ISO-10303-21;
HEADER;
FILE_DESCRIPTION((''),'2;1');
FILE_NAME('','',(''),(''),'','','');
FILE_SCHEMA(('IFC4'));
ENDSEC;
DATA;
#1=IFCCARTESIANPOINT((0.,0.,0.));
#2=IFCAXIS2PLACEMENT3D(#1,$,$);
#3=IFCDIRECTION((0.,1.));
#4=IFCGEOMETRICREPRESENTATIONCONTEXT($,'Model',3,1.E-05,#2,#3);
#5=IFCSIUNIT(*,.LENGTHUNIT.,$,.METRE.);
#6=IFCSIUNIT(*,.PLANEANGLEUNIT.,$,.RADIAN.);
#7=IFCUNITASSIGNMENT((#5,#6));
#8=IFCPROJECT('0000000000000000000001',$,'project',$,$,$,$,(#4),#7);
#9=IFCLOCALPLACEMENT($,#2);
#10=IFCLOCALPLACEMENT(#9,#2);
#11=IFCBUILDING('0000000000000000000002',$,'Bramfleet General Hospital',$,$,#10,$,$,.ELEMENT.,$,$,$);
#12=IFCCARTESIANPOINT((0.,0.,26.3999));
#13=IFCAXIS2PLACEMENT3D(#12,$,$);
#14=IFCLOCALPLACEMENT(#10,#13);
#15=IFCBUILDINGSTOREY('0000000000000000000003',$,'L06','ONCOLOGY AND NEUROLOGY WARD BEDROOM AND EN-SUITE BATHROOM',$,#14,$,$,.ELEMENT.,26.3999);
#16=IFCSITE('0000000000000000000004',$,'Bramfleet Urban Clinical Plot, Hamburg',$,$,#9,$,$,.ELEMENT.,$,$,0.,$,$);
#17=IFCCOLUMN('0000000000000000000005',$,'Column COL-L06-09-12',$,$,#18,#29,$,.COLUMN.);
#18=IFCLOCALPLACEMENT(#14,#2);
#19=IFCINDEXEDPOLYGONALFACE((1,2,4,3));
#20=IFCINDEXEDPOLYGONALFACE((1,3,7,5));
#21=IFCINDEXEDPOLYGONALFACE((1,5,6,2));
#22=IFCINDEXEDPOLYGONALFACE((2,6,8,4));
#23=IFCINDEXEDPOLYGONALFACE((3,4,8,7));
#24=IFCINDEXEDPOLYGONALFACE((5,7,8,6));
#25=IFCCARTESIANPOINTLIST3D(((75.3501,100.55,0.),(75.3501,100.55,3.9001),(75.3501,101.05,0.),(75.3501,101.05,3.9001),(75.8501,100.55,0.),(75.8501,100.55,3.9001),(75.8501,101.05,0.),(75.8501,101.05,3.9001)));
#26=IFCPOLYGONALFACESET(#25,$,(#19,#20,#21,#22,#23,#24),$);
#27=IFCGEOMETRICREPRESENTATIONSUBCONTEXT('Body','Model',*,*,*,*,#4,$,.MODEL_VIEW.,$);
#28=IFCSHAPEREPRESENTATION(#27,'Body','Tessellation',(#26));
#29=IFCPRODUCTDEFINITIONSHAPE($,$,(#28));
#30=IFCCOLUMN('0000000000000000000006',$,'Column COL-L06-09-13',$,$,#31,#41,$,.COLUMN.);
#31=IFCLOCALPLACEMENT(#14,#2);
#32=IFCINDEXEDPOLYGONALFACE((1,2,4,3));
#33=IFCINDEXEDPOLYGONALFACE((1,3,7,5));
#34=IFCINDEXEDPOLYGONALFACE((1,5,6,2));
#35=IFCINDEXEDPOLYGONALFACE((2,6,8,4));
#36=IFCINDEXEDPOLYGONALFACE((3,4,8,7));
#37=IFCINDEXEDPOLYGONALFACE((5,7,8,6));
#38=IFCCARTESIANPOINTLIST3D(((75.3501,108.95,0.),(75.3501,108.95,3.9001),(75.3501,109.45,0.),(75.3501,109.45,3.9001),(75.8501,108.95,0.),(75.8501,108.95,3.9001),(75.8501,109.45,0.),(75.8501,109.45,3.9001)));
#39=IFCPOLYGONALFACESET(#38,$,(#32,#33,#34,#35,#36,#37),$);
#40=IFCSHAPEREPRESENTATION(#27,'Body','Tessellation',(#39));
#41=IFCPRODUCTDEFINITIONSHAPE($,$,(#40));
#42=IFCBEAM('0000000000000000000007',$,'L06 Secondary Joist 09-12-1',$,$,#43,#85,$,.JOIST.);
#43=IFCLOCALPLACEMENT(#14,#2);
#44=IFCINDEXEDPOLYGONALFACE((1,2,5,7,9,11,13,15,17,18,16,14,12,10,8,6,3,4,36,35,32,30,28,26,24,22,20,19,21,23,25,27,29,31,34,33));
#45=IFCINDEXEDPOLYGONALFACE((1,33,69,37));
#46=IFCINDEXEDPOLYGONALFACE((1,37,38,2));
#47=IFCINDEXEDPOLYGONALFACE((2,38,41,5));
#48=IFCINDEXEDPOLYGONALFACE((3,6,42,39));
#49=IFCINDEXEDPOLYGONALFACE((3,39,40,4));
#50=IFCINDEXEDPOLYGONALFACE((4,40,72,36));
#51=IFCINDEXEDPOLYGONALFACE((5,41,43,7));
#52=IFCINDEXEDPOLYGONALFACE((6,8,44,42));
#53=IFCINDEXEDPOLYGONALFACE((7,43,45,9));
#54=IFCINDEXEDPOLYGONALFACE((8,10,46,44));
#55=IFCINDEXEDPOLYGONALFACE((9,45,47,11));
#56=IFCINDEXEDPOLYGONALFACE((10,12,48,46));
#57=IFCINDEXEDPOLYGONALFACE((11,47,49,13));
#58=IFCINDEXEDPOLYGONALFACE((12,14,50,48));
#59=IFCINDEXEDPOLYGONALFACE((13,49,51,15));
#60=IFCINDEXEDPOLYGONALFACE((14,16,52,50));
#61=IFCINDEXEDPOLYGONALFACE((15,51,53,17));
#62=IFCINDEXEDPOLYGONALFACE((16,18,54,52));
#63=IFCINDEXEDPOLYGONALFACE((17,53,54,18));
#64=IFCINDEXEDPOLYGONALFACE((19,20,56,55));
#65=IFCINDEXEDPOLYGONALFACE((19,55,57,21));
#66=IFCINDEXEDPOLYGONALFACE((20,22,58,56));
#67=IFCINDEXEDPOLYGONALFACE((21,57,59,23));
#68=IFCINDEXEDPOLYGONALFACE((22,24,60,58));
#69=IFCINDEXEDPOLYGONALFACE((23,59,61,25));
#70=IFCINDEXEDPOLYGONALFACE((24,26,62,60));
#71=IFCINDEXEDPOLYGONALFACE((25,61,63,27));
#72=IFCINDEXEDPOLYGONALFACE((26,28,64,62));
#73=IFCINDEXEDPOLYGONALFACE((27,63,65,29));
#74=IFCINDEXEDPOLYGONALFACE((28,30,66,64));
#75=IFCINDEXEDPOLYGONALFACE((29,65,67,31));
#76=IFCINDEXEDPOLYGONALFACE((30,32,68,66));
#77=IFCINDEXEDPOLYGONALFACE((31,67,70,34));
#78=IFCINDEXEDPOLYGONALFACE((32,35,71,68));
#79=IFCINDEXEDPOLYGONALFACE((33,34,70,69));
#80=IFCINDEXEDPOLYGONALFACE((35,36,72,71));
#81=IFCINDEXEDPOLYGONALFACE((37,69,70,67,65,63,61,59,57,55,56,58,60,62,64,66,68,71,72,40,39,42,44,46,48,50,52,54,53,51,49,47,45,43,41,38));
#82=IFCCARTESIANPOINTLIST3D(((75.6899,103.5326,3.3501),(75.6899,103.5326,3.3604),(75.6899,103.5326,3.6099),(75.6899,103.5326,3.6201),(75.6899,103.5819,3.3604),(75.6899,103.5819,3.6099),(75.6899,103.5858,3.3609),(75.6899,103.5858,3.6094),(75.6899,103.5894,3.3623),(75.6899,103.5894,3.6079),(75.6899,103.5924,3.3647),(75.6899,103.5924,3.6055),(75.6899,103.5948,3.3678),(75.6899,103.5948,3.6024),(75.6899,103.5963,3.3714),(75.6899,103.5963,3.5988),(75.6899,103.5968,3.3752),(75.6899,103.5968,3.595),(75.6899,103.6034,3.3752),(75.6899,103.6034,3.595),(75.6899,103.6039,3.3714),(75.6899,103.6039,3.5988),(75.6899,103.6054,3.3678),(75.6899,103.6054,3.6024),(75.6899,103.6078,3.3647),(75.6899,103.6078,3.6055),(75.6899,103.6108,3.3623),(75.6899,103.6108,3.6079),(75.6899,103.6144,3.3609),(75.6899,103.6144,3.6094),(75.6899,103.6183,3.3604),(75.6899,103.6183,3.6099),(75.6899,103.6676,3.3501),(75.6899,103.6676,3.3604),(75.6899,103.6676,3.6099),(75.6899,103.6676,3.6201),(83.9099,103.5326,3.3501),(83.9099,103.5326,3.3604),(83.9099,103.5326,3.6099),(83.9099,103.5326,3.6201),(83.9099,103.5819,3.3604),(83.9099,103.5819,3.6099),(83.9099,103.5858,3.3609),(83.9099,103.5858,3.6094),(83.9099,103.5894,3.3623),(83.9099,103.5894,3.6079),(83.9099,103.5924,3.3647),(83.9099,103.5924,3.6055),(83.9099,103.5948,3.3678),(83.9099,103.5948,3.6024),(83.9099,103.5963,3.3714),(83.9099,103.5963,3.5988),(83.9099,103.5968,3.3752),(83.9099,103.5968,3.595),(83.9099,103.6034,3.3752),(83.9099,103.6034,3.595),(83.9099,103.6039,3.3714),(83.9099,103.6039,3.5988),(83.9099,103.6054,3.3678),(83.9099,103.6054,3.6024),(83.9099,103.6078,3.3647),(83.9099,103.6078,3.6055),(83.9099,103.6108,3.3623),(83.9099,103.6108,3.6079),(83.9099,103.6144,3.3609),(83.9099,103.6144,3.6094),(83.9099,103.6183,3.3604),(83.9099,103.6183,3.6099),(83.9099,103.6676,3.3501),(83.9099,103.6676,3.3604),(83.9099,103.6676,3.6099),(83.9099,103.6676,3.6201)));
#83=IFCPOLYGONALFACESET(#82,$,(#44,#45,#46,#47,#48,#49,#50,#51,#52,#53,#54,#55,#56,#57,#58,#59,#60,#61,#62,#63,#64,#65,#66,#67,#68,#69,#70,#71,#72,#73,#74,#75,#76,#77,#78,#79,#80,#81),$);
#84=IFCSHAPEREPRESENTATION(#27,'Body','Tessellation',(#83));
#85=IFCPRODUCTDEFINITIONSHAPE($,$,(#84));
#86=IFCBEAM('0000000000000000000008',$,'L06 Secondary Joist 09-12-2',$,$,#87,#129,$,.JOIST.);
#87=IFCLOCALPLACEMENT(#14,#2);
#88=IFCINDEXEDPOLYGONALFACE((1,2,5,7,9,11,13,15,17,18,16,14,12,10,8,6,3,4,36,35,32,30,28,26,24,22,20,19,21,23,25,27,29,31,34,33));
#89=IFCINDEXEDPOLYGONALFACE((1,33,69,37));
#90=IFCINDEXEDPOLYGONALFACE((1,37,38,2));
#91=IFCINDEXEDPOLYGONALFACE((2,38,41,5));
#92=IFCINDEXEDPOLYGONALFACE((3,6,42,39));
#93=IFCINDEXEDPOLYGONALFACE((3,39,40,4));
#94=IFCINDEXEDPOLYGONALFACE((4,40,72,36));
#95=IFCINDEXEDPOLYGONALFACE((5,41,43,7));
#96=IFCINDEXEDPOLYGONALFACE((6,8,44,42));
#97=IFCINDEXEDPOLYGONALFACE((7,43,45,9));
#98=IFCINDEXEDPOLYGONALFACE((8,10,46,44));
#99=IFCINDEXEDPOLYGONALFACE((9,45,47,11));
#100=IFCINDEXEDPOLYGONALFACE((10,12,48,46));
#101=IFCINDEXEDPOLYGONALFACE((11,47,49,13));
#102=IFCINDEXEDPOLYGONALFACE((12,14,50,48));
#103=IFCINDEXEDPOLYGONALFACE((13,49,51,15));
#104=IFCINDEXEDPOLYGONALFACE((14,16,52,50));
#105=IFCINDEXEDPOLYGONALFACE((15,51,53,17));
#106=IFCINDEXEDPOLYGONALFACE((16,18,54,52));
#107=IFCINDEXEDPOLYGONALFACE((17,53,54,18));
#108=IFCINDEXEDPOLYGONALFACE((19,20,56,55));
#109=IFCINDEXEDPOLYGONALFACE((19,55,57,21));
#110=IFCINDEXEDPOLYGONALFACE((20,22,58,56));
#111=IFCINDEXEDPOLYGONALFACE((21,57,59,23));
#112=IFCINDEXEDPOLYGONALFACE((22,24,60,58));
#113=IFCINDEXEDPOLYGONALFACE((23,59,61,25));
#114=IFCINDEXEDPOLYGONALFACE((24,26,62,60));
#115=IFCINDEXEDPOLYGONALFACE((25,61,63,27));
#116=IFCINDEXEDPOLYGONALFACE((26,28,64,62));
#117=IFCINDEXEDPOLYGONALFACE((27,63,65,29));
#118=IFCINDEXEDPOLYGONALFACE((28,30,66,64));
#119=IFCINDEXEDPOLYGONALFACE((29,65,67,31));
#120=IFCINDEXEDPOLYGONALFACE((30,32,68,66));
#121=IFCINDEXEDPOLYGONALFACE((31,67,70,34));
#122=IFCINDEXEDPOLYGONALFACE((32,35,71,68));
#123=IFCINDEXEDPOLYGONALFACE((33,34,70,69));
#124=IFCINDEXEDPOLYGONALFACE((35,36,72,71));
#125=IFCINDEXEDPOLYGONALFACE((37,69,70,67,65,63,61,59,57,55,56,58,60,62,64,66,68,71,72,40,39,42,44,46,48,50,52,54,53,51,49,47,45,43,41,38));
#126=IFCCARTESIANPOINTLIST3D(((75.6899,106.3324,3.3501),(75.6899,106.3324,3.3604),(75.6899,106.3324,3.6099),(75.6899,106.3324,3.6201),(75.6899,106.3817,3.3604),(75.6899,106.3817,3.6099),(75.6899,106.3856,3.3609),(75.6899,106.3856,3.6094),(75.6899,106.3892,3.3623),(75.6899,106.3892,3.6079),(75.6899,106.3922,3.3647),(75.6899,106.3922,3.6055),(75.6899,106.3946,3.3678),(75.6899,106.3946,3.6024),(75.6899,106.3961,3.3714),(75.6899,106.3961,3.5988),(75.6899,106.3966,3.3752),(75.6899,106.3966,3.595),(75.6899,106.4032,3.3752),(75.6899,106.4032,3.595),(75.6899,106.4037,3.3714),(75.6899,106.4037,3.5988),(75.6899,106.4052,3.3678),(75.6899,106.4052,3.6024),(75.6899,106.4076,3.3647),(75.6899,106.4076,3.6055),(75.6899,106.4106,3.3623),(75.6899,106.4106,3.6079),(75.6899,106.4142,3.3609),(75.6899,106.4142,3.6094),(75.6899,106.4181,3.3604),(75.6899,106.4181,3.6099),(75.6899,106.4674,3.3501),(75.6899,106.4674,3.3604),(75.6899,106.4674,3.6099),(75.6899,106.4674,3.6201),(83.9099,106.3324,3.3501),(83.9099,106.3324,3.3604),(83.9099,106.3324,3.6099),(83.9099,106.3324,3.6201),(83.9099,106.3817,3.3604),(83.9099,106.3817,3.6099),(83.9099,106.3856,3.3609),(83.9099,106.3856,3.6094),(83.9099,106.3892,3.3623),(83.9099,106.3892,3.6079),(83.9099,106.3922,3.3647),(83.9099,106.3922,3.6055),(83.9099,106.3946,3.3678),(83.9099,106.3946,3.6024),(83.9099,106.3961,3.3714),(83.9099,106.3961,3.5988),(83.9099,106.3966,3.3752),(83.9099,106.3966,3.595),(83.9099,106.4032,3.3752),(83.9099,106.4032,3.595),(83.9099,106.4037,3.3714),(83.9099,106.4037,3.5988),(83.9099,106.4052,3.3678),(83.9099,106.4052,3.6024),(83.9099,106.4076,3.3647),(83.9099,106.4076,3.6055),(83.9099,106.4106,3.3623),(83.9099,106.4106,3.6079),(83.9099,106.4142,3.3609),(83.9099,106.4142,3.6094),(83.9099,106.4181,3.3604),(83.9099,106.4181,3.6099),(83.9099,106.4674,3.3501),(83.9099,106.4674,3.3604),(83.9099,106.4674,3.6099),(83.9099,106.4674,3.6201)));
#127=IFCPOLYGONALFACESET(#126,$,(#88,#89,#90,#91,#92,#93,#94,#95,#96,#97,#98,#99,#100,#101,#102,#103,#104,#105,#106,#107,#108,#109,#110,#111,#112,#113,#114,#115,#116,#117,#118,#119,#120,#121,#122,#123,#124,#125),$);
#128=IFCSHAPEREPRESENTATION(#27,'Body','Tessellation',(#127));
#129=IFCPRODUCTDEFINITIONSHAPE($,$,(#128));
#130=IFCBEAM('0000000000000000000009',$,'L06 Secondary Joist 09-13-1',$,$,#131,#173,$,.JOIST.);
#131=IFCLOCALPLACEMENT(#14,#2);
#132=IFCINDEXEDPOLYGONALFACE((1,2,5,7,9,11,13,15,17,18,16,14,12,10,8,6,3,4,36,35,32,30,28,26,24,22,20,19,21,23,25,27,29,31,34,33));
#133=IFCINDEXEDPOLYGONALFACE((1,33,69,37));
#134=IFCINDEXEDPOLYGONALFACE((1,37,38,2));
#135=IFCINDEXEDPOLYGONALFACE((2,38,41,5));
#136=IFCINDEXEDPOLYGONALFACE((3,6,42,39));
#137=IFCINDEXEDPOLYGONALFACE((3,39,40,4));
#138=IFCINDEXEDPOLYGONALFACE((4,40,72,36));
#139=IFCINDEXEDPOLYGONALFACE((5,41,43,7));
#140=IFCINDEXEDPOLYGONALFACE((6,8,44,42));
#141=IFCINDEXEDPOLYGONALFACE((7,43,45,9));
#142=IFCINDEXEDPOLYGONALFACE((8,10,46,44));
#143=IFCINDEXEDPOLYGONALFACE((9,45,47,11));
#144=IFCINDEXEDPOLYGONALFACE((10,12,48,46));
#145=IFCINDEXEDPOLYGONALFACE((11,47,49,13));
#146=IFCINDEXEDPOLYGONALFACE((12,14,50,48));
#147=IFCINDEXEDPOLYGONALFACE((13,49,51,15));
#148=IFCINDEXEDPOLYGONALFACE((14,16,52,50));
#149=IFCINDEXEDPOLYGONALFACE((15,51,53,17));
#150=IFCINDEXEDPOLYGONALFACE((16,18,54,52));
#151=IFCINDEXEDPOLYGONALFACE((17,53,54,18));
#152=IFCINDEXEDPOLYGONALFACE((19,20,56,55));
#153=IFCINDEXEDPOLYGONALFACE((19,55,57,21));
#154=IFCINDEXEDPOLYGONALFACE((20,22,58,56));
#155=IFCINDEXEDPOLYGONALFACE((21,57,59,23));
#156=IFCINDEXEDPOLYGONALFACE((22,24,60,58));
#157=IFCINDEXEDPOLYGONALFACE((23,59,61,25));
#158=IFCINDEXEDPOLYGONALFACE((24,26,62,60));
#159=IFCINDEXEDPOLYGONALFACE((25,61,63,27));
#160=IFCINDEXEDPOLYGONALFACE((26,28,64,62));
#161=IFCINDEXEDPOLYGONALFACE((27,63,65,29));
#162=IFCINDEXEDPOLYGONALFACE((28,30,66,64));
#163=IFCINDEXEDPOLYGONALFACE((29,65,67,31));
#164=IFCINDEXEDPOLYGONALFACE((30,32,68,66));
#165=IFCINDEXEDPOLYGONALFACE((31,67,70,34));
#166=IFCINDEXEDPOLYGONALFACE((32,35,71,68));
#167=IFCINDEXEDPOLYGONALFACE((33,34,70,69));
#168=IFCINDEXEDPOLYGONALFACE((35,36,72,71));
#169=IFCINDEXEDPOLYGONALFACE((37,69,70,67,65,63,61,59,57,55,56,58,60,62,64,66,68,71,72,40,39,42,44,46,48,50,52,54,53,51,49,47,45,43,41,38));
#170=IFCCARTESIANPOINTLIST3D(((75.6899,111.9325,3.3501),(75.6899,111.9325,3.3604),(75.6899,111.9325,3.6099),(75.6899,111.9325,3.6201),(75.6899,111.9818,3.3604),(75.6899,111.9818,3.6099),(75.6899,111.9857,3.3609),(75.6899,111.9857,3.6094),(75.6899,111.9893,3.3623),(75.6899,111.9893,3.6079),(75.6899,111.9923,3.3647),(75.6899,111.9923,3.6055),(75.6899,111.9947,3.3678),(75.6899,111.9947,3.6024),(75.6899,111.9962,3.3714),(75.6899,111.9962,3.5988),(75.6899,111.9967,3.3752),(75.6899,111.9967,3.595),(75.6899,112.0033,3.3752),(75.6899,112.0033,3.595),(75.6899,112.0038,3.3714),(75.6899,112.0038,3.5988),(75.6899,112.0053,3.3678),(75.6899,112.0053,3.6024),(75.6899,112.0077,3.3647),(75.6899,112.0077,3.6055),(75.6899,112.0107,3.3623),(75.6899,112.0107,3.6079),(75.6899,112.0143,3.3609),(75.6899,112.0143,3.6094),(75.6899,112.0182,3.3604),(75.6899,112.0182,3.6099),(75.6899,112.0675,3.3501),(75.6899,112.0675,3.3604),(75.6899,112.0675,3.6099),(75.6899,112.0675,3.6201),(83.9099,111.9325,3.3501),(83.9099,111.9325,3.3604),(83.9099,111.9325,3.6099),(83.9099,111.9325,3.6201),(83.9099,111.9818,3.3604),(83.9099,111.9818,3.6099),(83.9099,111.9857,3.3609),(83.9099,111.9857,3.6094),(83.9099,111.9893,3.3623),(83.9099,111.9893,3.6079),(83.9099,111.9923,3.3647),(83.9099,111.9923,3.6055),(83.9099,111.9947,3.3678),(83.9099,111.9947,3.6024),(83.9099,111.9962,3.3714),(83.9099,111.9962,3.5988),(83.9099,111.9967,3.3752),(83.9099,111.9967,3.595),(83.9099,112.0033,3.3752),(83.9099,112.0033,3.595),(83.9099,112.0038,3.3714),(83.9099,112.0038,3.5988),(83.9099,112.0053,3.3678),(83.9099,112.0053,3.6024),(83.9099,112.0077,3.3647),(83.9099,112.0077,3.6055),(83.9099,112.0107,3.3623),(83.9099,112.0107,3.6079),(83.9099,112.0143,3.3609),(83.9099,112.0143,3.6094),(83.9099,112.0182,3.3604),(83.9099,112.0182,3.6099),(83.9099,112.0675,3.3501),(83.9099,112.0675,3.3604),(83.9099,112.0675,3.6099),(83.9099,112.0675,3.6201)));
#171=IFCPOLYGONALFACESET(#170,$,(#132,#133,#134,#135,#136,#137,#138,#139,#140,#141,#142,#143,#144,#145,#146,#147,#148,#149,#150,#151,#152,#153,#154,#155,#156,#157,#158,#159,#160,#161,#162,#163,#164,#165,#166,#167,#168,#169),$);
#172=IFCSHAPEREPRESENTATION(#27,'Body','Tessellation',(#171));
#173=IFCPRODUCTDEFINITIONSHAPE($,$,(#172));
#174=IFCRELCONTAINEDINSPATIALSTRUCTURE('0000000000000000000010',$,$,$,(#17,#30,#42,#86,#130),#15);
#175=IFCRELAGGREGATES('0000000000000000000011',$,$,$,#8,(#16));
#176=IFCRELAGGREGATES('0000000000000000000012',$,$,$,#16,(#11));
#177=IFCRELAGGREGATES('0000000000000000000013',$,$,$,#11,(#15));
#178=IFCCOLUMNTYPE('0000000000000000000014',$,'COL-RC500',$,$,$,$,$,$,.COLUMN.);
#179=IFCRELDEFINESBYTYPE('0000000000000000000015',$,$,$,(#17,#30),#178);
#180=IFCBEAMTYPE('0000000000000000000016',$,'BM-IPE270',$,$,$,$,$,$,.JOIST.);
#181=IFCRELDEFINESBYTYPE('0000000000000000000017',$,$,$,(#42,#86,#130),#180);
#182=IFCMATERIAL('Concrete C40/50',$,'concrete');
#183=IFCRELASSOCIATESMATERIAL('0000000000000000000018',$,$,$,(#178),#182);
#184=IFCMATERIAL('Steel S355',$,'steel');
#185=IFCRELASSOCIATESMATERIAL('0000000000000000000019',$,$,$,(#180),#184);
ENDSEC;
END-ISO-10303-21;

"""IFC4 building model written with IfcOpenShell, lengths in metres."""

from ifc_helpers import new_model, si_unit, direction, frame, origin, origin_2d, place, context, subcontext, project, spatial, rectangle, i_section, extrude, material, material_profile, profile_set, type_object, element, save


model = new_model("IFC4")

# Units and contexts
model_context = context("Model", 3, precision=1e-05, world=origin(), true_north=direction((0.0, 1.0)))
body_context = subcontext(model_context, "Body", "Model", "MODEL_VIEW")
ifc_project = project(units=[si_unit("LENGTHUNIT", "METRE"), si_unit("PLANEANGLEUNIT", "RADIAN")], contexts=[model_context])

# Site, building, storey
site_placement = place(None, origin())
site = spatial("IfcSite", under=ifc_project, at=site_placement, Name="Bramfleet Urban Clinical Plot, Hamburg", CompositionType="ELEMENT", RefElevation=0.0)
building_placement = place(site_placement, origin())
building = spatial("IfcBuilding", under=site, at=building_placement, Name="Bramfleet General Hospital", CompositionType="ELEMENT")
storey_placement = place(building_placement, frame((0.0, 0.0, 26.3999)))
storey = spatial("IfcBuildingStorey", under=building, at=storey_placement, Name="L06", Description="ONCOLOGY AND NEUROLOGY WARD BEDROOM AND EN-SUITE BATHROOM", CompositionType="ELEMENT", Elevation=26.3999)

# Columns
ifc_material_1 = material(Name="Concrete C40/50", Category="concrete")
ifc_material_profile_1 = material_profile(ifc_material_1, rectangle(XDim=0.5, YDim=0.5, at=origin_2d()), Name="RC COL 500x500")
ifc_profile_set_1 = profile_set([ifc_material_profile_1], Name="Concrete C40/50")
column_type = type_object("IfcColumnType", Name="COL-RC500", PredefinedType="COLUMN", material=ifc_profile_set_1)
for number, where, z_axis, x_axis, name in (
    (1, (75.6001, 100.8, 0.0), (0.0, 0.0, 1.0), (1.0, 0.0, 0.0), "Column COL-L06-09-12"),
    (2, (75.6001, 109.2, 0.0), (0.0, 0.0, 1.0), (1.0, 0.0, 0.0), "Column COL-L06-09-13"),
):
    element("IfcColumn", number, at=place(storey_placement, frame(where, z_axis=z_axis, x_axis=x_axis)), inside=storey, type_object=column_type, Name=name, PredefinedType="COLUMN", context=body_context, shape_type="SweptSolid", body=[
        extrude(rectangle(XDim=0.5, YDim=0.5, at=origin_2d()), origin(), (0.0, 0.0, 1.0), 3.9001),
    ])

# Beams
ifc_material_2 = material(Name="Steel S355", Category="steel")
ifc_material_profile_2 = material_profile(ifc_material_2, i_section(OverallWidth=0.135, OverallDepth=0.27, WebThickness=0.0066, FlangeThickness=0.0103, FilletRadius=0.0149, at=origin_2d()), Name="IPE 270")
ifc_profile_set_2 = profile_set([ifc_material_profile_2], Name="Steel S355")
beam_type_1 = type_object("IfcBeamType", Name="BM-IPE270", PredefinedType="JOIST", material=ifc_profile_set_2)
for number, where, z_axis, x_axis, name in (
    (3, (75.6899, 103.6001, 3.4851), (1.0, 0.0, 0.0), (0.0, 1.0, 0.0), "L06 Secondary Joist 09-12-1"),
    (4, (75.6899, 106.3999, 3.4851), (1.0, 0.0, 0.0), (0.0, 1.0, 0.0), "L06 Secondary Joist 09-12-2"),
    (5, (75.6899, 112.0, 3.4851), (1.0, 0.0, 0.0), (0.0, 1.0, 0.0), "L06 Secondary Joist 09-13-1"),
):
    element("IfcBeam", number, at=place(storey_placement, frame(where, z_axis=z_axis, x_axis=x_axis)), inside=storey, type_object=beam_type_1, Name=name, PredefinedType="JOIST", context=body_context, shape_type="SweptSolid", body=[
        extrude(i_section(OverallWidth=0.135, OverallDepth=0.27, WebThickness=0.0066, FlangeThickness=0.0103, FilletRadius=0.0149, at=origin_2d()), origin(), (0.0, 0.0, 1.0), 8.22),
    ])

save(model, "model.ifc")
